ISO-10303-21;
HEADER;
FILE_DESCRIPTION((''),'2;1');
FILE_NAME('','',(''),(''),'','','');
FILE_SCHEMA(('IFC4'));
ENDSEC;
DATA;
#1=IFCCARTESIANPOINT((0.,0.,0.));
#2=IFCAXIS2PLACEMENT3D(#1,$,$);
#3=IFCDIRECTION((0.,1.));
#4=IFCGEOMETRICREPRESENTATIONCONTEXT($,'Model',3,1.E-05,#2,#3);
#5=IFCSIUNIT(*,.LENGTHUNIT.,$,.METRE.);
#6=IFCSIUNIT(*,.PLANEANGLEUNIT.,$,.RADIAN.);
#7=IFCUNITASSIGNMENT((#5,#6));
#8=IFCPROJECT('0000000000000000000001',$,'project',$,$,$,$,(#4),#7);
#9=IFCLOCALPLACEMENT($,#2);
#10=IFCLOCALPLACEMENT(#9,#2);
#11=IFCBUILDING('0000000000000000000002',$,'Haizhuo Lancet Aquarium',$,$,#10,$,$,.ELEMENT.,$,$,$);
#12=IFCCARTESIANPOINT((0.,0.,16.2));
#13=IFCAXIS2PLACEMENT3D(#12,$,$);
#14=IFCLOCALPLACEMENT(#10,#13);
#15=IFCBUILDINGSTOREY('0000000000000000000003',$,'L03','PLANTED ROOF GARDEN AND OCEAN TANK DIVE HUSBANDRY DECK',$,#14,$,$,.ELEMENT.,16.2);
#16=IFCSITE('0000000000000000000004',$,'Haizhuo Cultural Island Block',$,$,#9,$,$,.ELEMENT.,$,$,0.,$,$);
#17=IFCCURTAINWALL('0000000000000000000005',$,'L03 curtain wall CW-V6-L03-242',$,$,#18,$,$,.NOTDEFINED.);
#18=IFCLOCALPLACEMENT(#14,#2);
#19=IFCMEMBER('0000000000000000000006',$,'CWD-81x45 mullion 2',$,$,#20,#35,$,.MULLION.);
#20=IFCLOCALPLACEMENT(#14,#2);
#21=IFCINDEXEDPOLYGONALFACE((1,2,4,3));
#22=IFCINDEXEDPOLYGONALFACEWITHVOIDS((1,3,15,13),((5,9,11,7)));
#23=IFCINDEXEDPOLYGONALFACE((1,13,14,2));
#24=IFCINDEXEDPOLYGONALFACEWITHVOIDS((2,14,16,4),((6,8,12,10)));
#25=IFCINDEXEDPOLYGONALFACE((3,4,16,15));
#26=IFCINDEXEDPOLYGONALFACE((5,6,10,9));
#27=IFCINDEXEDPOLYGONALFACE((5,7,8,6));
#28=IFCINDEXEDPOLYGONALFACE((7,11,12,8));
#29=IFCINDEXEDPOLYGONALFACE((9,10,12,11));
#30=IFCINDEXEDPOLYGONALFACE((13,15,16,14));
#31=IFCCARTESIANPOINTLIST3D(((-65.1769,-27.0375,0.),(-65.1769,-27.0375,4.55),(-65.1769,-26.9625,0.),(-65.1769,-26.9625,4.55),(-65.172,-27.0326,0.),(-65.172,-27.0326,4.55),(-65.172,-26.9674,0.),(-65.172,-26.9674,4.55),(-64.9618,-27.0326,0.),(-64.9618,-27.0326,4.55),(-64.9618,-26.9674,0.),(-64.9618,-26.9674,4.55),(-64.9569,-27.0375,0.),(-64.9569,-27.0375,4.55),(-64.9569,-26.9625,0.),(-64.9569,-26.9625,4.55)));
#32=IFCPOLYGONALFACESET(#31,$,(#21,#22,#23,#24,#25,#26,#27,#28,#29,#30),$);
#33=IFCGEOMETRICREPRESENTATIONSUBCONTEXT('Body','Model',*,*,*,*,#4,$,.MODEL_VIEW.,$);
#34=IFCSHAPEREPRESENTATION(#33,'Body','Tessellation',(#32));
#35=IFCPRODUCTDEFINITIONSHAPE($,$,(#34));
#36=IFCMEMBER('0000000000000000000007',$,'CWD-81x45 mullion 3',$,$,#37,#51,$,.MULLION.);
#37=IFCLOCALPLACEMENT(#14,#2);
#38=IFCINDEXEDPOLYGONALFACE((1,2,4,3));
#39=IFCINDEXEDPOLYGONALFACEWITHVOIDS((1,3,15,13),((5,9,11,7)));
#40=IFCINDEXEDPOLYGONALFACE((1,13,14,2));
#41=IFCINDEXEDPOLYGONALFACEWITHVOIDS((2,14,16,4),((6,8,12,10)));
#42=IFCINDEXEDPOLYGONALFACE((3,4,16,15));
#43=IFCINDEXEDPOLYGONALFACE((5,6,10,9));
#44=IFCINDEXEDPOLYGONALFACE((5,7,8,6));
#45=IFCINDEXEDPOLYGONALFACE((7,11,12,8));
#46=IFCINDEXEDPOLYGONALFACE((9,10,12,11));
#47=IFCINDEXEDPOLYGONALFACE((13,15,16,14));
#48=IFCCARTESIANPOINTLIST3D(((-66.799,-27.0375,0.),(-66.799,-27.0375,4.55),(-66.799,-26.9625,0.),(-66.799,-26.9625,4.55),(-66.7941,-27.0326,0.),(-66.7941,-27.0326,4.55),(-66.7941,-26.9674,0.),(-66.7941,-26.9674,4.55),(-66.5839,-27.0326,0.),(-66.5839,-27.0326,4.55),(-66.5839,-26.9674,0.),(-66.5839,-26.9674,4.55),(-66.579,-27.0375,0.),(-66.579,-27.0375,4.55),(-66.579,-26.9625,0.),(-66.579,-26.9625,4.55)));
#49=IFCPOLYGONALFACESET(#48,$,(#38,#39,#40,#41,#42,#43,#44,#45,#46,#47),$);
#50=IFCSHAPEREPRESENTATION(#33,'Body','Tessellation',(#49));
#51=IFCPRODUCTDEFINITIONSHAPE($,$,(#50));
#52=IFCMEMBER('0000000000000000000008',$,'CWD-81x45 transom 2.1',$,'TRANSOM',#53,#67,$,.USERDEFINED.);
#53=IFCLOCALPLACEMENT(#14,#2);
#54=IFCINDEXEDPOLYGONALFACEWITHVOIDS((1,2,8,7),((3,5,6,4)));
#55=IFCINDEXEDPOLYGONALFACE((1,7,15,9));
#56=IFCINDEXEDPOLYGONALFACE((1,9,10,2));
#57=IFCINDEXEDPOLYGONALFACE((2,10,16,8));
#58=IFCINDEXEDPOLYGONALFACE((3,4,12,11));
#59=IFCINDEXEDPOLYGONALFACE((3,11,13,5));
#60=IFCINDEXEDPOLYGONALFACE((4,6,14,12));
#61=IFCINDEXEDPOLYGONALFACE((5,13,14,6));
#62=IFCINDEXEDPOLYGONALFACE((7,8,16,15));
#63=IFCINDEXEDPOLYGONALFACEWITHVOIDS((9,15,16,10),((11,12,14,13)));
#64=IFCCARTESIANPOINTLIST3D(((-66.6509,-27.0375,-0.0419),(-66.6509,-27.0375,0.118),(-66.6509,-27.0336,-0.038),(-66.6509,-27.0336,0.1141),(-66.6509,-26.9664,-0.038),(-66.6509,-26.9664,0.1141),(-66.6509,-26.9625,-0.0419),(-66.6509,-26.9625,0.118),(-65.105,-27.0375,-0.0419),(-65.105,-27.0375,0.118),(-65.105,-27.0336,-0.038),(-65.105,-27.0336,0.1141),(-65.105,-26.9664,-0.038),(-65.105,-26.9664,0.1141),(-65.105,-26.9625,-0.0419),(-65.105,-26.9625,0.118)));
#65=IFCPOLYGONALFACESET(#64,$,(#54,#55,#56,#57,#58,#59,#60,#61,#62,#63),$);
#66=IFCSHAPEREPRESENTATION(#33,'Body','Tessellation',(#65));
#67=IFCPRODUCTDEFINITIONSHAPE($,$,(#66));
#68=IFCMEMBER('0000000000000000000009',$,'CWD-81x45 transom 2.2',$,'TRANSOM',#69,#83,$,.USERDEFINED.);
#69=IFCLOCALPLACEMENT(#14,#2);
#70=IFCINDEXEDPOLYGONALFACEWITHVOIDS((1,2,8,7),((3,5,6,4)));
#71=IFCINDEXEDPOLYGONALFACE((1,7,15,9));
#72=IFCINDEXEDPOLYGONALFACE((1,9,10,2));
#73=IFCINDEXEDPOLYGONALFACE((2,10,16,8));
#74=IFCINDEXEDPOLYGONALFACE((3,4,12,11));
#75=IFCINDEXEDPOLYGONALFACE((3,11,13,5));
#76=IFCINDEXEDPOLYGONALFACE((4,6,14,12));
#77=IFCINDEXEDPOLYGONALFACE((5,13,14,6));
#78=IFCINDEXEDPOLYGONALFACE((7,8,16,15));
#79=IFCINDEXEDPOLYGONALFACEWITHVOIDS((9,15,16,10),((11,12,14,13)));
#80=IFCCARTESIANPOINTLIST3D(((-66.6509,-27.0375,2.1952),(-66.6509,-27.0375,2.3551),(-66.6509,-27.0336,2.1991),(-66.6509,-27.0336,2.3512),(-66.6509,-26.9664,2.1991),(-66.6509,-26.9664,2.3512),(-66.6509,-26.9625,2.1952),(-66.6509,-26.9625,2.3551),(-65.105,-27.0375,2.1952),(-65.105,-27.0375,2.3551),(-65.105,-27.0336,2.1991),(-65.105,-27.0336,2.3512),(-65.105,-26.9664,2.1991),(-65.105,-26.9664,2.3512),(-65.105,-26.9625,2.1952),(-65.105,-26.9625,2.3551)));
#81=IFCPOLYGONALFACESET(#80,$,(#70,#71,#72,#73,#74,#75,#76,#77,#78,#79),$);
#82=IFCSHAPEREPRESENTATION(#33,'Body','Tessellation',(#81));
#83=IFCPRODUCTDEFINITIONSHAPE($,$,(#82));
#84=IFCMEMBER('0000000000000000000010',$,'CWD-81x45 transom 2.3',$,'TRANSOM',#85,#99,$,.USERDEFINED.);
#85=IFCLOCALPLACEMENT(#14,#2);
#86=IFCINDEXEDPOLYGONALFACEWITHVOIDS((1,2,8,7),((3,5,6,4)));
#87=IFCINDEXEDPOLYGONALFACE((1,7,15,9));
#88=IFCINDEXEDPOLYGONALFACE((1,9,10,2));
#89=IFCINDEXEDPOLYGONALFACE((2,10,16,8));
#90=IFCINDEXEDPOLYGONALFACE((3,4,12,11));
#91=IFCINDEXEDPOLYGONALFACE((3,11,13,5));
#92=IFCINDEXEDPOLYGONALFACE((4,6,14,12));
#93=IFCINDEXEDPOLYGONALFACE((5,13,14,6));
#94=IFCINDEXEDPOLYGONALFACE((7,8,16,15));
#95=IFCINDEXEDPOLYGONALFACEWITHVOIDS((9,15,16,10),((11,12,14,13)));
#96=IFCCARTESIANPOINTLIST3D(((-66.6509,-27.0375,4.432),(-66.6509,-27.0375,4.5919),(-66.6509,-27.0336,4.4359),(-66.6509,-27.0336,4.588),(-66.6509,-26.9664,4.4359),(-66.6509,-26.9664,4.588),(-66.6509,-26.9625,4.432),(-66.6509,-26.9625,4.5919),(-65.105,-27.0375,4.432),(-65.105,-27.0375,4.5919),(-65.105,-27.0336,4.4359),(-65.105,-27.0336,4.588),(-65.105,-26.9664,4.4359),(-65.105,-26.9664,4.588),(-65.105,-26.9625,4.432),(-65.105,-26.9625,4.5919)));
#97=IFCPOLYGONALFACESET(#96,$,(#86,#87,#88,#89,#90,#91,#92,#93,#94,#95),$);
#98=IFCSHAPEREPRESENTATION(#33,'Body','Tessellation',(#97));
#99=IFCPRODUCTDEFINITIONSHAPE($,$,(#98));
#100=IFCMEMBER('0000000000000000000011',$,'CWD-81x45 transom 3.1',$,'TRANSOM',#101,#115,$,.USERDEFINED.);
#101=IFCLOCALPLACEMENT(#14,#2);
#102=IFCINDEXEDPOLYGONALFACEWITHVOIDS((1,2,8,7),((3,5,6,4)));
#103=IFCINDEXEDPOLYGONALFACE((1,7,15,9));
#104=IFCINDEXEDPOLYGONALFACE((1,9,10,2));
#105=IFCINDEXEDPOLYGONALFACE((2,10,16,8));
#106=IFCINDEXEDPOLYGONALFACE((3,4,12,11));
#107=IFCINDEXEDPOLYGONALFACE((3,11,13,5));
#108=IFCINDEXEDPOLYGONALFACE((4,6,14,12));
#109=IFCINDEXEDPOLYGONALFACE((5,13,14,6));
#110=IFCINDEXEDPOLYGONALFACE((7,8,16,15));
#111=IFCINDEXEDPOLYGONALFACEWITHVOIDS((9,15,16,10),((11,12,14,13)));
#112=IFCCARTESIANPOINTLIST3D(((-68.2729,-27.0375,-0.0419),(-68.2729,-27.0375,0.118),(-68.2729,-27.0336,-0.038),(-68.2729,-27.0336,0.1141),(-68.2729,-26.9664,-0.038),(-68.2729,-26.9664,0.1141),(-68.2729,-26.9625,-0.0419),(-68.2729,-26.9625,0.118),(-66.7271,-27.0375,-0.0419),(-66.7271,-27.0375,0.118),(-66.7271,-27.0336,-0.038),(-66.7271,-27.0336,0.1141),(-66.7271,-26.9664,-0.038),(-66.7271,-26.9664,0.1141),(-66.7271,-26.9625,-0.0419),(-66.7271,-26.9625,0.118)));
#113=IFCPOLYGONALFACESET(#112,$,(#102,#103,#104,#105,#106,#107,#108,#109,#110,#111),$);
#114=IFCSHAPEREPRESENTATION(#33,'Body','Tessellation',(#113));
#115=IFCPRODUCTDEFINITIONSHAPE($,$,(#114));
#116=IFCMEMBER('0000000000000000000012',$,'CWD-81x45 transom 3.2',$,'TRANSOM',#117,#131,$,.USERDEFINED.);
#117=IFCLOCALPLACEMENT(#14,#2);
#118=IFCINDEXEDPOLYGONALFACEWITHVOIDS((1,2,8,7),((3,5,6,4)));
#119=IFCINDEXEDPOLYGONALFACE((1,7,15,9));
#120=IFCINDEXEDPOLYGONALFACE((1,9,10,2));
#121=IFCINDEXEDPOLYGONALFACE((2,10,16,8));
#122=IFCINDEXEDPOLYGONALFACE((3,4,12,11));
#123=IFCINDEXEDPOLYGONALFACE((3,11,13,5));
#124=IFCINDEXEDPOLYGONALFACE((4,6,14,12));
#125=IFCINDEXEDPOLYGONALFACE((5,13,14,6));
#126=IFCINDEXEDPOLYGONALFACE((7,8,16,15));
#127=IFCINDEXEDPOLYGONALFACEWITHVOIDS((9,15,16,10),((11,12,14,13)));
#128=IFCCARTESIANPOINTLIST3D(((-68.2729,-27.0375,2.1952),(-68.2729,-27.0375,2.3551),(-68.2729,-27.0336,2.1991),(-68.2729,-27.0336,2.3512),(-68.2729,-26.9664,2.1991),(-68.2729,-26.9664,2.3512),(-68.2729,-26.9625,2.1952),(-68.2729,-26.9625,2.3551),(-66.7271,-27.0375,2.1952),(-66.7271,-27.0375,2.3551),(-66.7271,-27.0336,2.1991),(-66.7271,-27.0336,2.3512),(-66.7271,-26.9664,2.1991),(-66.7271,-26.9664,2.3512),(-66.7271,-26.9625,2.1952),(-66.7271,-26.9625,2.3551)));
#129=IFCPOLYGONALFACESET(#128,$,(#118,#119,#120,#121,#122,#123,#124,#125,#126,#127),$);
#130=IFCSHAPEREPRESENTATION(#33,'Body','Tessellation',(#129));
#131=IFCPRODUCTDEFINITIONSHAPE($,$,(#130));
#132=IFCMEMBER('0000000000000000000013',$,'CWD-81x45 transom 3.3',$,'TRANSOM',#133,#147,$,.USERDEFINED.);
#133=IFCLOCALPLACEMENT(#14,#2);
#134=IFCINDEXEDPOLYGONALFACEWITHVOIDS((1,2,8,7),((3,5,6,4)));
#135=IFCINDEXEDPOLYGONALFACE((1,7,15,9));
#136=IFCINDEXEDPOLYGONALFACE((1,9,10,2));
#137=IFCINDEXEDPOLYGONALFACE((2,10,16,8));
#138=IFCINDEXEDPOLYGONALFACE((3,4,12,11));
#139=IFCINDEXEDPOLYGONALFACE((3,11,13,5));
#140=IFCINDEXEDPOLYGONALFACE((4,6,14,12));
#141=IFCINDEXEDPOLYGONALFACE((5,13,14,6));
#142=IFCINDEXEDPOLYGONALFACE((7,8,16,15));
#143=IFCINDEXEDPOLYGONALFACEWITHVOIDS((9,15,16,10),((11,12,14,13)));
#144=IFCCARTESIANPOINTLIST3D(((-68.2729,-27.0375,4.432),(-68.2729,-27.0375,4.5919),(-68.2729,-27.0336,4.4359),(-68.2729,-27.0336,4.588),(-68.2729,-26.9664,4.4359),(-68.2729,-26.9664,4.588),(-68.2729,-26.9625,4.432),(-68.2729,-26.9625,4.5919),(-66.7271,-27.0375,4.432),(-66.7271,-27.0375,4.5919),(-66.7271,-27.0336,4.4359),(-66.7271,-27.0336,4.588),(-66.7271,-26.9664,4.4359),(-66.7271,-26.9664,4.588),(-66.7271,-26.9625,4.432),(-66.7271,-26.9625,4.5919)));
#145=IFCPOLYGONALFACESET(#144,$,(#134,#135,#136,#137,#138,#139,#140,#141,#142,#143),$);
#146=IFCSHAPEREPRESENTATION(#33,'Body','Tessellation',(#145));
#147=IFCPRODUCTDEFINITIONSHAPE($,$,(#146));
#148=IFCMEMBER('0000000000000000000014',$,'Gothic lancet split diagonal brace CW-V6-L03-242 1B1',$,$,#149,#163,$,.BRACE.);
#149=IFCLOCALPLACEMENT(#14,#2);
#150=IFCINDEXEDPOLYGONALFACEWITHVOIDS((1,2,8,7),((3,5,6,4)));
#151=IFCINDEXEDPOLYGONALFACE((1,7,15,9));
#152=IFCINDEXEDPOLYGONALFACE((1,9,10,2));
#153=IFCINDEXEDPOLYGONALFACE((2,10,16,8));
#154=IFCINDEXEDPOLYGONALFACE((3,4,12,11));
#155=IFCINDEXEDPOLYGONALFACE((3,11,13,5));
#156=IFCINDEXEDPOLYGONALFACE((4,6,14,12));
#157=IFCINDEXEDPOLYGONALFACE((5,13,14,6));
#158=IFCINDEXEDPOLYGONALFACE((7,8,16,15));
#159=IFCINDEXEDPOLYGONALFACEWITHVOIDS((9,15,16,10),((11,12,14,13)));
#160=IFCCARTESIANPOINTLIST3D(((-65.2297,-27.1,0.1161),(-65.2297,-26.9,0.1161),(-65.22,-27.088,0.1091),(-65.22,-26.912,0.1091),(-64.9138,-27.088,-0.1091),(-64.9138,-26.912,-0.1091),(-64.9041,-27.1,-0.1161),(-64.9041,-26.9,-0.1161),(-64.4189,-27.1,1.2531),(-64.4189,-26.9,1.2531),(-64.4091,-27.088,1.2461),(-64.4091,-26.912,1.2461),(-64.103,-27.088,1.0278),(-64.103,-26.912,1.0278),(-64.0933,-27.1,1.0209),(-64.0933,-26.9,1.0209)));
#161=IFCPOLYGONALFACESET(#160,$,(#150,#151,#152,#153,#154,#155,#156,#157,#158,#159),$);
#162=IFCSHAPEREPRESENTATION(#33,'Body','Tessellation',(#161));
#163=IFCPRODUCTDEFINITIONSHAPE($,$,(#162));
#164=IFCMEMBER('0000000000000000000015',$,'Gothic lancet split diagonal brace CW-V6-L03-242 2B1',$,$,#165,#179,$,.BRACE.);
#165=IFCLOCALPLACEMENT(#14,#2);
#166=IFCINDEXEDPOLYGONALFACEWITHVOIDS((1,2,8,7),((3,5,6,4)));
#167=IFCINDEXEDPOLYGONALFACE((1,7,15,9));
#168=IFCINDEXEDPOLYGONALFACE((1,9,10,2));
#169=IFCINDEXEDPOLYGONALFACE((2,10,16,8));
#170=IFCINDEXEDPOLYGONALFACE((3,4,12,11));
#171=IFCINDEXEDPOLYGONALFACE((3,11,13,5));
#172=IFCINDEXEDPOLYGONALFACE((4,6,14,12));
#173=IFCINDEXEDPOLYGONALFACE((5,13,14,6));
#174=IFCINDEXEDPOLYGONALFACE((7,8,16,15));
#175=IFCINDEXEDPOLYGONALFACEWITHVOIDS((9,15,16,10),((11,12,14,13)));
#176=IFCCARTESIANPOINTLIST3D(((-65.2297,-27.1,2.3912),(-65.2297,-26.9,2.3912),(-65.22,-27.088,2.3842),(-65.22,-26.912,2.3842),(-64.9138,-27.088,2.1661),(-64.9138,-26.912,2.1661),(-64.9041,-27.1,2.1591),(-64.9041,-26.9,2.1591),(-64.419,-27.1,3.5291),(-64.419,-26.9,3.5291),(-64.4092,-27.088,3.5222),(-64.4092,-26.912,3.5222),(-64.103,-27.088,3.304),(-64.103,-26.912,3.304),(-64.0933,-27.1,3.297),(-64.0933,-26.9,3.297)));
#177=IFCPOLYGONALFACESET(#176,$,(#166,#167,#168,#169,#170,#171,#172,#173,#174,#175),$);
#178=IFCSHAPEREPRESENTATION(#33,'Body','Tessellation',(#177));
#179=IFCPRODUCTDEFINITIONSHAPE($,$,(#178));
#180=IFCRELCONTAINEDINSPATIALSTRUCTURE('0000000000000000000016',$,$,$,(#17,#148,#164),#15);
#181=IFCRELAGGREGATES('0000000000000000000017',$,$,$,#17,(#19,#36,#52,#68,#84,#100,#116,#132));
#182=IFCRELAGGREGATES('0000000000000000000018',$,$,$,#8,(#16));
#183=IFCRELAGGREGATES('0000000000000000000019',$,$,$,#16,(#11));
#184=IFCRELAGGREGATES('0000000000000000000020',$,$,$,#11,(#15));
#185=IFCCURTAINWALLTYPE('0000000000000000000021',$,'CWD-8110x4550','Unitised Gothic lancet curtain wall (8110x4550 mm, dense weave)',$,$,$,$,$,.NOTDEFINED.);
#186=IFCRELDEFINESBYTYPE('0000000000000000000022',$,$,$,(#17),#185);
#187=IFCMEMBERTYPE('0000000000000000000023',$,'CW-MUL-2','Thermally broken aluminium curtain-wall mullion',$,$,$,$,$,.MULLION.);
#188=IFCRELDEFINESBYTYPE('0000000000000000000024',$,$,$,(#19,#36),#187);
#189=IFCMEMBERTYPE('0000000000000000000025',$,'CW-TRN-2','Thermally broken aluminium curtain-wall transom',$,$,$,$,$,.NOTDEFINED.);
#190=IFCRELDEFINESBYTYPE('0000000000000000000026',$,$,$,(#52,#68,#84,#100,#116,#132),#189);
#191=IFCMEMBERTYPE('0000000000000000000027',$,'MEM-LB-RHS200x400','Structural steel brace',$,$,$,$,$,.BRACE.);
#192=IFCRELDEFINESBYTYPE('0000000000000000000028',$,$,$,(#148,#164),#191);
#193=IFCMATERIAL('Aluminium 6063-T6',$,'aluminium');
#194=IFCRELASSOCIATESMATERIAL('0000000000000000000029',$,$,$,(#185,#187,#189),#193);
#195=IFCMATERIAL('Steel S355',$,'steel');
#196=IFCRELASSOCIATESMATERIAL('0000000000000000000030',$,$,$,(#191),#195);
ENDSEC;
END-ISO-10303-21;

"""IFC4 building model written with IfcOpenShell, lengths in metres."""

from ifc_helpers import new_model, si_unit, direction, frame, origin, origin_2d, place, context, subcontext, project, spatial, hollow_rectangle, extrude, material, material_profile, profile_set, type_object, element, aggregate, save


model = new_model("IFC4")

# Units and contexts
model_context = context("Model", 3, precision=1e-05, world=origin(), true_north=direction((0.0, 1.0)))
body_context = subcontext(model_context, "Body", "Model", "MODEL_VIEW")
ifc_project = project(units=[si_unit("LENGTHUNIT", "METRE"), si_unit("PLANEANGLEUNIT", "RADIAN")], contexts=[model_context])

# Site, building, storey
site_placement = place(None, origin())
site = spatial("IfcSite", under=ifc_project, at=site_placement, Name="Haizhuo Cultural Island Block", CompositionType="ELEMENT", RefElevation=0.0)
building_placement = place(site_placement, origin())
building = spatial("IfcBuilding", under=site, at=building_placement, Name="Haizhuo Lancet Aquarium", CompositionType="ELEMENT")
storey_placement = place(building_placement, frame((0.0, 0.0, 16.2)))
storey = spatial("IfcBuildingStorey", under=building, at=storey_placement, Name="L03", Description="PLANTED ROOF GARDEN AND OCEAN TANK DIVE HUSBANDRY DECK", CompositionType="ELEMENT", Elevation=16.2)

# Curtain wall, members
ifc_material_1 = material(Name="Aluminium 6063-T6", Category="aluminium")
curtain_wall_type = type_object("IfcCurtainWallType", Name="CWD-8110x4550", Description="Unitised Gothic lancet curtain wall (8110x4550 mm, dense weave)", PredefinedType="NOTDEFINED", material=ifc_material_1)
curtain_wall_placement = place(storey_placement, origin())
curtain_wall = element("IfcCurtainWall", 1, at=curtain_wall_placement, inside=storey, type_object=curtain_wall_type, Name="L03 curtain wall CW-V6-L03-242", PredefinedType="NOTDEFINED")
ifc_material_profile_1 = material_profile(ifc_material_1, hollow_rectangle(XDim=0.075, YDim=0.22, WallThickness=0.0049, at=origin_2d()), Name="ALU-M 75x220x5")
ifc_profile_set_1 = profile_set([ifc_material_profile_1], Name="Aluminium 6063-T6")
member_type_1 = type_object("IfcMemberType", Name="CW-MUL-2", Description="Thermally broken aluminium curtain-wall mullion", PredefinedType="MULLION", material=ifc_profile_set_1)
member_1_placement = place(storey_placement, frame((-65.0669, -27.0, 0.0), z_axis=(0.0, 0.0, 1.0), x_axis=(0.0, -1.0, 0.0)))
member_1 = element("IfcMember", 2, at=member_1_placement, type_object=member_type_1, Name="CWD-81x45 mullion 2", PredefinedType="MULLION", context=body_context, shape_type="SweptSolid", body=[
    extrude(hollow_rectangle(XDim=0.075, YDim=0.22, WallThickness=0.0049, at=origin_2d()), origin(), (0.0, 0.0, 1.0), 4.55),
])
member_2_placement = place(storey_placement, frame((-66.689, -27.0, 0.0), z_axis=(0.0, 0.0, 1.0), x_axis=(0.0, -1.0, 0.0)))
member_2 = element("IfcMember", 3, at=member_2_placement, type_object=member_type_1, Name="CWD-81x45 mullion 3", PredefinedType="MULLION", context=body_context, shape_type="SweptSolid", body=[
    extrude(hollow_rectangle(XDim=0.075, YDim=0.22, WallThickness=0.0049, at=origin_2d()), origin(), (0.0, 0.0, 1.0), 4.55),
])
ifc_material_profile_2 = material_profile(ifc_material_1, hollow_rectangle(XDim=0.075, YDim=0.1599, WallThickness=0.0039, at=origin_2d()), Name="ALU-T 75x160x4")
ifc_profile_set_2 = profile_set([ifc_material_profile_2], Name="Aluminium 6063-T6")
member_type_2 = type_object("IfcMemberType", Name="CW-TRN-2", Description="Thermally broken aluminium curtain-wall transom", PredefinedType="NOTDEFINED", material=ifc_profile_set_2)
member_3_placement = place(storey_placement, frame((-65.105, -27.0, 0.0381), z_axis=(-1.0, 0.0, 0.0), x_axis=(0.0, -1.0, 0.0)))
member_3 = element("IfcMember", 4, at=member_3_placement, type_object=member_type_2, Name="CWD-81x45 transom 2.1", ObjectType="TRANSOM", PredefinedType="USERDEFINED", context=body_context, shape_type="SweptSolid", body=[
    extrude(hollow_rectangle(XDim=0.075, YDim=0.1599, WallThickness=0.0039, at=origin_2d()), origin(), (0.0, 0.0, 1.0), 1.5459),
])
member_4_placement = place(storey_placement, frame((-65.105, -27.0, 2.2751), z_axis=(-1.0, 0.0, 0.0), x_axis=(0.0, -1.0, 0.0)))
member_4 = element("IfcMember", 5, at=member_4_placement, type_object=member_type_2, Name="CWD-81x45 transom 2.2", ObjectType="TRANSOM", PredefinedType="USERDEFINED", context=body_context, shape_type="SweptSolid", body=[
    extrude(hollow_rectangle(XDim=0.075, YDim=0.1599, WallThickness=0.0039, at=origin_2d()), origin(), (0.0, 0.0, 1.0), 1.5459),
])
member_5_placement = place(storey_placement, frame((-65.105, -27.0, 4.512), z_axis=(-1.0, 0.0, 0.0), x_axis=(0.0, -1.0, 0.0)))
member_5 = element("IfcMember", 6, at=member_5_placement, type_object=member_type_2, Name="CWD-81x45 transom 2.3", ObjectType="TRANSOM", PredefinedType="USERDEFINED", context=body_context, shape_type="SweptSolid", body=[
    extrude(hollow_rectangle(XDim=0.075, YDim=0.1599, WallThickness=0.0039, at=origin_2d()), origin(), (0.0, 0.0, 1.0), 1.5459),
])
member_6_placement = place(storey_placement, frame((-66.7271, -27.0, 0.0381), z_axis=(-1.0, 0.0, 0.0), x_axis=(0.0, -1.0, 0.0)))
member_6 = element("IfcMember", 7, at=member_6_placement, type_object=member_type_2, Name="CWD-81x45 transom 3.1", ObjectType="TRANSOM", PredefinedType="USERDEFINED", context=body_context, shape_type="SweptSolid", body=[
    extrude(hollow_rectangle(XDim=0.075, YDim=0.1599, WallThickness=0.0039, at=origin_2d()), origin(), (0.0, 0.0, 1.0), 1.5459),
])
member_7_placement = place(storey_placement, frame((-66.7271, -27.0, 2.2751), z_axis=(-1.0, 0.0, 0.0), x_axis=(0.0, -1.0, 0.0)))
member_7 = element("IfcMember", 8, at=member_7_placement, type_object=member_type_2, Name="CWD-81x45 transom 3.2", ObjectType="TRANSOM", PredefinedType="USERDEFINED", context=body_context, shape_type="SweptSolid", body=[
    extrude(hollow_rectangle(XDim=0.075, YDim=0.1599, WallThickness=0.0039, at=origin_2d()), origin(), (0.0, 0.0, 1.0), 1.5459),
])
member_8_placement = place(storey_placement, frame((-66.7271, -27.0, 4.512), z_axis=(-1.0, 0.0, 0.0), x_axis=(0.0, -1.0, 0.0)))
member_8 = element("IfcMember", 9, at=member_8_placement, type_object=member_type_2, Name="CWD-81x45 transom 3.3", ObjectType="TRANSOM", PredefinedType="USERDEFINED", context=body_context, shape_type="SweptSolid", body=[
    extrude(hollow_rectangle(XDim=0.075, YDim=0.1599, WallThickness=0.0039, at=origin_2d()), origin(), (0.0, 0.0, 1.0), 1.5459),
])

# Members
ifc_material_2 = material(Name="Steel S355", Category="steel")
ifc_material_profile_3 = material_profile(ifc_material_2, hollow_rectangle(XDim=0.2, YDim=0.3999, WallThickness=0.012, at=origin_2d()), Name="RHS 200x400x12")
ifc_profile_set_3 = profile_set([ifc_material_profile_3], Name="Steel S355")
member_type_3 = type_object("IfcMemberType", Name="MEM-LB-RHS200x400", Description="Structural steel brace", PredefinedType="BRACE", material=ifc_profile_set_3)
member_9_placement = place(storey_placement, frame((-65.0669, -27.0, 0.0), z_axis=(0.58061, 0.0, 0.814182), x_axis=(0.0, 1.0, 0.0)))
element("IfcMember", 10, at=member_9_placement, inside=storey, type_object=member_type_3, Name="Gothic lancet split diagonal brace CW-V6-L03-242 1B1", PredefinedType="BRACE", context=body_context, shape_type="SweptSolid", body=[
    extrude(hollow_rectangle(XDim=0.2, YDim=0.3999, WallThickness=0.012, at=origin_2d()), origin(), (0.0, 0.0, 1.0), 1.3965),
])
member_10_placement = place(storey_placement, frame((-65.0669, -27.0, 2.2751), z_axis=(0.580279, 0.0, 0.814418), x_axis=(0.0, 1.0, 0.0)))
element("IfcMember", 11, at=member_10_placement, inside=storey, type_object=member_type_3, Name="Gothic lancet split diagonal brace CW-V6-L03-242 2B1", PredefinedType="BRACE", context=body_context, shape_type="SweptSolid", body=[
    extrude(hollow_rectangle(XDim=0.2, YDim=0.3999, WallThickness=0.012, at=origin_2d()), origin(), (0.0, 0.0, 1.0), 1.3972),
])

aggregate(curtain_wall, [member_1, member_2, member_3, member_4, member_5, member_6, member_7, member_8])

save(model, "model.ifc")
